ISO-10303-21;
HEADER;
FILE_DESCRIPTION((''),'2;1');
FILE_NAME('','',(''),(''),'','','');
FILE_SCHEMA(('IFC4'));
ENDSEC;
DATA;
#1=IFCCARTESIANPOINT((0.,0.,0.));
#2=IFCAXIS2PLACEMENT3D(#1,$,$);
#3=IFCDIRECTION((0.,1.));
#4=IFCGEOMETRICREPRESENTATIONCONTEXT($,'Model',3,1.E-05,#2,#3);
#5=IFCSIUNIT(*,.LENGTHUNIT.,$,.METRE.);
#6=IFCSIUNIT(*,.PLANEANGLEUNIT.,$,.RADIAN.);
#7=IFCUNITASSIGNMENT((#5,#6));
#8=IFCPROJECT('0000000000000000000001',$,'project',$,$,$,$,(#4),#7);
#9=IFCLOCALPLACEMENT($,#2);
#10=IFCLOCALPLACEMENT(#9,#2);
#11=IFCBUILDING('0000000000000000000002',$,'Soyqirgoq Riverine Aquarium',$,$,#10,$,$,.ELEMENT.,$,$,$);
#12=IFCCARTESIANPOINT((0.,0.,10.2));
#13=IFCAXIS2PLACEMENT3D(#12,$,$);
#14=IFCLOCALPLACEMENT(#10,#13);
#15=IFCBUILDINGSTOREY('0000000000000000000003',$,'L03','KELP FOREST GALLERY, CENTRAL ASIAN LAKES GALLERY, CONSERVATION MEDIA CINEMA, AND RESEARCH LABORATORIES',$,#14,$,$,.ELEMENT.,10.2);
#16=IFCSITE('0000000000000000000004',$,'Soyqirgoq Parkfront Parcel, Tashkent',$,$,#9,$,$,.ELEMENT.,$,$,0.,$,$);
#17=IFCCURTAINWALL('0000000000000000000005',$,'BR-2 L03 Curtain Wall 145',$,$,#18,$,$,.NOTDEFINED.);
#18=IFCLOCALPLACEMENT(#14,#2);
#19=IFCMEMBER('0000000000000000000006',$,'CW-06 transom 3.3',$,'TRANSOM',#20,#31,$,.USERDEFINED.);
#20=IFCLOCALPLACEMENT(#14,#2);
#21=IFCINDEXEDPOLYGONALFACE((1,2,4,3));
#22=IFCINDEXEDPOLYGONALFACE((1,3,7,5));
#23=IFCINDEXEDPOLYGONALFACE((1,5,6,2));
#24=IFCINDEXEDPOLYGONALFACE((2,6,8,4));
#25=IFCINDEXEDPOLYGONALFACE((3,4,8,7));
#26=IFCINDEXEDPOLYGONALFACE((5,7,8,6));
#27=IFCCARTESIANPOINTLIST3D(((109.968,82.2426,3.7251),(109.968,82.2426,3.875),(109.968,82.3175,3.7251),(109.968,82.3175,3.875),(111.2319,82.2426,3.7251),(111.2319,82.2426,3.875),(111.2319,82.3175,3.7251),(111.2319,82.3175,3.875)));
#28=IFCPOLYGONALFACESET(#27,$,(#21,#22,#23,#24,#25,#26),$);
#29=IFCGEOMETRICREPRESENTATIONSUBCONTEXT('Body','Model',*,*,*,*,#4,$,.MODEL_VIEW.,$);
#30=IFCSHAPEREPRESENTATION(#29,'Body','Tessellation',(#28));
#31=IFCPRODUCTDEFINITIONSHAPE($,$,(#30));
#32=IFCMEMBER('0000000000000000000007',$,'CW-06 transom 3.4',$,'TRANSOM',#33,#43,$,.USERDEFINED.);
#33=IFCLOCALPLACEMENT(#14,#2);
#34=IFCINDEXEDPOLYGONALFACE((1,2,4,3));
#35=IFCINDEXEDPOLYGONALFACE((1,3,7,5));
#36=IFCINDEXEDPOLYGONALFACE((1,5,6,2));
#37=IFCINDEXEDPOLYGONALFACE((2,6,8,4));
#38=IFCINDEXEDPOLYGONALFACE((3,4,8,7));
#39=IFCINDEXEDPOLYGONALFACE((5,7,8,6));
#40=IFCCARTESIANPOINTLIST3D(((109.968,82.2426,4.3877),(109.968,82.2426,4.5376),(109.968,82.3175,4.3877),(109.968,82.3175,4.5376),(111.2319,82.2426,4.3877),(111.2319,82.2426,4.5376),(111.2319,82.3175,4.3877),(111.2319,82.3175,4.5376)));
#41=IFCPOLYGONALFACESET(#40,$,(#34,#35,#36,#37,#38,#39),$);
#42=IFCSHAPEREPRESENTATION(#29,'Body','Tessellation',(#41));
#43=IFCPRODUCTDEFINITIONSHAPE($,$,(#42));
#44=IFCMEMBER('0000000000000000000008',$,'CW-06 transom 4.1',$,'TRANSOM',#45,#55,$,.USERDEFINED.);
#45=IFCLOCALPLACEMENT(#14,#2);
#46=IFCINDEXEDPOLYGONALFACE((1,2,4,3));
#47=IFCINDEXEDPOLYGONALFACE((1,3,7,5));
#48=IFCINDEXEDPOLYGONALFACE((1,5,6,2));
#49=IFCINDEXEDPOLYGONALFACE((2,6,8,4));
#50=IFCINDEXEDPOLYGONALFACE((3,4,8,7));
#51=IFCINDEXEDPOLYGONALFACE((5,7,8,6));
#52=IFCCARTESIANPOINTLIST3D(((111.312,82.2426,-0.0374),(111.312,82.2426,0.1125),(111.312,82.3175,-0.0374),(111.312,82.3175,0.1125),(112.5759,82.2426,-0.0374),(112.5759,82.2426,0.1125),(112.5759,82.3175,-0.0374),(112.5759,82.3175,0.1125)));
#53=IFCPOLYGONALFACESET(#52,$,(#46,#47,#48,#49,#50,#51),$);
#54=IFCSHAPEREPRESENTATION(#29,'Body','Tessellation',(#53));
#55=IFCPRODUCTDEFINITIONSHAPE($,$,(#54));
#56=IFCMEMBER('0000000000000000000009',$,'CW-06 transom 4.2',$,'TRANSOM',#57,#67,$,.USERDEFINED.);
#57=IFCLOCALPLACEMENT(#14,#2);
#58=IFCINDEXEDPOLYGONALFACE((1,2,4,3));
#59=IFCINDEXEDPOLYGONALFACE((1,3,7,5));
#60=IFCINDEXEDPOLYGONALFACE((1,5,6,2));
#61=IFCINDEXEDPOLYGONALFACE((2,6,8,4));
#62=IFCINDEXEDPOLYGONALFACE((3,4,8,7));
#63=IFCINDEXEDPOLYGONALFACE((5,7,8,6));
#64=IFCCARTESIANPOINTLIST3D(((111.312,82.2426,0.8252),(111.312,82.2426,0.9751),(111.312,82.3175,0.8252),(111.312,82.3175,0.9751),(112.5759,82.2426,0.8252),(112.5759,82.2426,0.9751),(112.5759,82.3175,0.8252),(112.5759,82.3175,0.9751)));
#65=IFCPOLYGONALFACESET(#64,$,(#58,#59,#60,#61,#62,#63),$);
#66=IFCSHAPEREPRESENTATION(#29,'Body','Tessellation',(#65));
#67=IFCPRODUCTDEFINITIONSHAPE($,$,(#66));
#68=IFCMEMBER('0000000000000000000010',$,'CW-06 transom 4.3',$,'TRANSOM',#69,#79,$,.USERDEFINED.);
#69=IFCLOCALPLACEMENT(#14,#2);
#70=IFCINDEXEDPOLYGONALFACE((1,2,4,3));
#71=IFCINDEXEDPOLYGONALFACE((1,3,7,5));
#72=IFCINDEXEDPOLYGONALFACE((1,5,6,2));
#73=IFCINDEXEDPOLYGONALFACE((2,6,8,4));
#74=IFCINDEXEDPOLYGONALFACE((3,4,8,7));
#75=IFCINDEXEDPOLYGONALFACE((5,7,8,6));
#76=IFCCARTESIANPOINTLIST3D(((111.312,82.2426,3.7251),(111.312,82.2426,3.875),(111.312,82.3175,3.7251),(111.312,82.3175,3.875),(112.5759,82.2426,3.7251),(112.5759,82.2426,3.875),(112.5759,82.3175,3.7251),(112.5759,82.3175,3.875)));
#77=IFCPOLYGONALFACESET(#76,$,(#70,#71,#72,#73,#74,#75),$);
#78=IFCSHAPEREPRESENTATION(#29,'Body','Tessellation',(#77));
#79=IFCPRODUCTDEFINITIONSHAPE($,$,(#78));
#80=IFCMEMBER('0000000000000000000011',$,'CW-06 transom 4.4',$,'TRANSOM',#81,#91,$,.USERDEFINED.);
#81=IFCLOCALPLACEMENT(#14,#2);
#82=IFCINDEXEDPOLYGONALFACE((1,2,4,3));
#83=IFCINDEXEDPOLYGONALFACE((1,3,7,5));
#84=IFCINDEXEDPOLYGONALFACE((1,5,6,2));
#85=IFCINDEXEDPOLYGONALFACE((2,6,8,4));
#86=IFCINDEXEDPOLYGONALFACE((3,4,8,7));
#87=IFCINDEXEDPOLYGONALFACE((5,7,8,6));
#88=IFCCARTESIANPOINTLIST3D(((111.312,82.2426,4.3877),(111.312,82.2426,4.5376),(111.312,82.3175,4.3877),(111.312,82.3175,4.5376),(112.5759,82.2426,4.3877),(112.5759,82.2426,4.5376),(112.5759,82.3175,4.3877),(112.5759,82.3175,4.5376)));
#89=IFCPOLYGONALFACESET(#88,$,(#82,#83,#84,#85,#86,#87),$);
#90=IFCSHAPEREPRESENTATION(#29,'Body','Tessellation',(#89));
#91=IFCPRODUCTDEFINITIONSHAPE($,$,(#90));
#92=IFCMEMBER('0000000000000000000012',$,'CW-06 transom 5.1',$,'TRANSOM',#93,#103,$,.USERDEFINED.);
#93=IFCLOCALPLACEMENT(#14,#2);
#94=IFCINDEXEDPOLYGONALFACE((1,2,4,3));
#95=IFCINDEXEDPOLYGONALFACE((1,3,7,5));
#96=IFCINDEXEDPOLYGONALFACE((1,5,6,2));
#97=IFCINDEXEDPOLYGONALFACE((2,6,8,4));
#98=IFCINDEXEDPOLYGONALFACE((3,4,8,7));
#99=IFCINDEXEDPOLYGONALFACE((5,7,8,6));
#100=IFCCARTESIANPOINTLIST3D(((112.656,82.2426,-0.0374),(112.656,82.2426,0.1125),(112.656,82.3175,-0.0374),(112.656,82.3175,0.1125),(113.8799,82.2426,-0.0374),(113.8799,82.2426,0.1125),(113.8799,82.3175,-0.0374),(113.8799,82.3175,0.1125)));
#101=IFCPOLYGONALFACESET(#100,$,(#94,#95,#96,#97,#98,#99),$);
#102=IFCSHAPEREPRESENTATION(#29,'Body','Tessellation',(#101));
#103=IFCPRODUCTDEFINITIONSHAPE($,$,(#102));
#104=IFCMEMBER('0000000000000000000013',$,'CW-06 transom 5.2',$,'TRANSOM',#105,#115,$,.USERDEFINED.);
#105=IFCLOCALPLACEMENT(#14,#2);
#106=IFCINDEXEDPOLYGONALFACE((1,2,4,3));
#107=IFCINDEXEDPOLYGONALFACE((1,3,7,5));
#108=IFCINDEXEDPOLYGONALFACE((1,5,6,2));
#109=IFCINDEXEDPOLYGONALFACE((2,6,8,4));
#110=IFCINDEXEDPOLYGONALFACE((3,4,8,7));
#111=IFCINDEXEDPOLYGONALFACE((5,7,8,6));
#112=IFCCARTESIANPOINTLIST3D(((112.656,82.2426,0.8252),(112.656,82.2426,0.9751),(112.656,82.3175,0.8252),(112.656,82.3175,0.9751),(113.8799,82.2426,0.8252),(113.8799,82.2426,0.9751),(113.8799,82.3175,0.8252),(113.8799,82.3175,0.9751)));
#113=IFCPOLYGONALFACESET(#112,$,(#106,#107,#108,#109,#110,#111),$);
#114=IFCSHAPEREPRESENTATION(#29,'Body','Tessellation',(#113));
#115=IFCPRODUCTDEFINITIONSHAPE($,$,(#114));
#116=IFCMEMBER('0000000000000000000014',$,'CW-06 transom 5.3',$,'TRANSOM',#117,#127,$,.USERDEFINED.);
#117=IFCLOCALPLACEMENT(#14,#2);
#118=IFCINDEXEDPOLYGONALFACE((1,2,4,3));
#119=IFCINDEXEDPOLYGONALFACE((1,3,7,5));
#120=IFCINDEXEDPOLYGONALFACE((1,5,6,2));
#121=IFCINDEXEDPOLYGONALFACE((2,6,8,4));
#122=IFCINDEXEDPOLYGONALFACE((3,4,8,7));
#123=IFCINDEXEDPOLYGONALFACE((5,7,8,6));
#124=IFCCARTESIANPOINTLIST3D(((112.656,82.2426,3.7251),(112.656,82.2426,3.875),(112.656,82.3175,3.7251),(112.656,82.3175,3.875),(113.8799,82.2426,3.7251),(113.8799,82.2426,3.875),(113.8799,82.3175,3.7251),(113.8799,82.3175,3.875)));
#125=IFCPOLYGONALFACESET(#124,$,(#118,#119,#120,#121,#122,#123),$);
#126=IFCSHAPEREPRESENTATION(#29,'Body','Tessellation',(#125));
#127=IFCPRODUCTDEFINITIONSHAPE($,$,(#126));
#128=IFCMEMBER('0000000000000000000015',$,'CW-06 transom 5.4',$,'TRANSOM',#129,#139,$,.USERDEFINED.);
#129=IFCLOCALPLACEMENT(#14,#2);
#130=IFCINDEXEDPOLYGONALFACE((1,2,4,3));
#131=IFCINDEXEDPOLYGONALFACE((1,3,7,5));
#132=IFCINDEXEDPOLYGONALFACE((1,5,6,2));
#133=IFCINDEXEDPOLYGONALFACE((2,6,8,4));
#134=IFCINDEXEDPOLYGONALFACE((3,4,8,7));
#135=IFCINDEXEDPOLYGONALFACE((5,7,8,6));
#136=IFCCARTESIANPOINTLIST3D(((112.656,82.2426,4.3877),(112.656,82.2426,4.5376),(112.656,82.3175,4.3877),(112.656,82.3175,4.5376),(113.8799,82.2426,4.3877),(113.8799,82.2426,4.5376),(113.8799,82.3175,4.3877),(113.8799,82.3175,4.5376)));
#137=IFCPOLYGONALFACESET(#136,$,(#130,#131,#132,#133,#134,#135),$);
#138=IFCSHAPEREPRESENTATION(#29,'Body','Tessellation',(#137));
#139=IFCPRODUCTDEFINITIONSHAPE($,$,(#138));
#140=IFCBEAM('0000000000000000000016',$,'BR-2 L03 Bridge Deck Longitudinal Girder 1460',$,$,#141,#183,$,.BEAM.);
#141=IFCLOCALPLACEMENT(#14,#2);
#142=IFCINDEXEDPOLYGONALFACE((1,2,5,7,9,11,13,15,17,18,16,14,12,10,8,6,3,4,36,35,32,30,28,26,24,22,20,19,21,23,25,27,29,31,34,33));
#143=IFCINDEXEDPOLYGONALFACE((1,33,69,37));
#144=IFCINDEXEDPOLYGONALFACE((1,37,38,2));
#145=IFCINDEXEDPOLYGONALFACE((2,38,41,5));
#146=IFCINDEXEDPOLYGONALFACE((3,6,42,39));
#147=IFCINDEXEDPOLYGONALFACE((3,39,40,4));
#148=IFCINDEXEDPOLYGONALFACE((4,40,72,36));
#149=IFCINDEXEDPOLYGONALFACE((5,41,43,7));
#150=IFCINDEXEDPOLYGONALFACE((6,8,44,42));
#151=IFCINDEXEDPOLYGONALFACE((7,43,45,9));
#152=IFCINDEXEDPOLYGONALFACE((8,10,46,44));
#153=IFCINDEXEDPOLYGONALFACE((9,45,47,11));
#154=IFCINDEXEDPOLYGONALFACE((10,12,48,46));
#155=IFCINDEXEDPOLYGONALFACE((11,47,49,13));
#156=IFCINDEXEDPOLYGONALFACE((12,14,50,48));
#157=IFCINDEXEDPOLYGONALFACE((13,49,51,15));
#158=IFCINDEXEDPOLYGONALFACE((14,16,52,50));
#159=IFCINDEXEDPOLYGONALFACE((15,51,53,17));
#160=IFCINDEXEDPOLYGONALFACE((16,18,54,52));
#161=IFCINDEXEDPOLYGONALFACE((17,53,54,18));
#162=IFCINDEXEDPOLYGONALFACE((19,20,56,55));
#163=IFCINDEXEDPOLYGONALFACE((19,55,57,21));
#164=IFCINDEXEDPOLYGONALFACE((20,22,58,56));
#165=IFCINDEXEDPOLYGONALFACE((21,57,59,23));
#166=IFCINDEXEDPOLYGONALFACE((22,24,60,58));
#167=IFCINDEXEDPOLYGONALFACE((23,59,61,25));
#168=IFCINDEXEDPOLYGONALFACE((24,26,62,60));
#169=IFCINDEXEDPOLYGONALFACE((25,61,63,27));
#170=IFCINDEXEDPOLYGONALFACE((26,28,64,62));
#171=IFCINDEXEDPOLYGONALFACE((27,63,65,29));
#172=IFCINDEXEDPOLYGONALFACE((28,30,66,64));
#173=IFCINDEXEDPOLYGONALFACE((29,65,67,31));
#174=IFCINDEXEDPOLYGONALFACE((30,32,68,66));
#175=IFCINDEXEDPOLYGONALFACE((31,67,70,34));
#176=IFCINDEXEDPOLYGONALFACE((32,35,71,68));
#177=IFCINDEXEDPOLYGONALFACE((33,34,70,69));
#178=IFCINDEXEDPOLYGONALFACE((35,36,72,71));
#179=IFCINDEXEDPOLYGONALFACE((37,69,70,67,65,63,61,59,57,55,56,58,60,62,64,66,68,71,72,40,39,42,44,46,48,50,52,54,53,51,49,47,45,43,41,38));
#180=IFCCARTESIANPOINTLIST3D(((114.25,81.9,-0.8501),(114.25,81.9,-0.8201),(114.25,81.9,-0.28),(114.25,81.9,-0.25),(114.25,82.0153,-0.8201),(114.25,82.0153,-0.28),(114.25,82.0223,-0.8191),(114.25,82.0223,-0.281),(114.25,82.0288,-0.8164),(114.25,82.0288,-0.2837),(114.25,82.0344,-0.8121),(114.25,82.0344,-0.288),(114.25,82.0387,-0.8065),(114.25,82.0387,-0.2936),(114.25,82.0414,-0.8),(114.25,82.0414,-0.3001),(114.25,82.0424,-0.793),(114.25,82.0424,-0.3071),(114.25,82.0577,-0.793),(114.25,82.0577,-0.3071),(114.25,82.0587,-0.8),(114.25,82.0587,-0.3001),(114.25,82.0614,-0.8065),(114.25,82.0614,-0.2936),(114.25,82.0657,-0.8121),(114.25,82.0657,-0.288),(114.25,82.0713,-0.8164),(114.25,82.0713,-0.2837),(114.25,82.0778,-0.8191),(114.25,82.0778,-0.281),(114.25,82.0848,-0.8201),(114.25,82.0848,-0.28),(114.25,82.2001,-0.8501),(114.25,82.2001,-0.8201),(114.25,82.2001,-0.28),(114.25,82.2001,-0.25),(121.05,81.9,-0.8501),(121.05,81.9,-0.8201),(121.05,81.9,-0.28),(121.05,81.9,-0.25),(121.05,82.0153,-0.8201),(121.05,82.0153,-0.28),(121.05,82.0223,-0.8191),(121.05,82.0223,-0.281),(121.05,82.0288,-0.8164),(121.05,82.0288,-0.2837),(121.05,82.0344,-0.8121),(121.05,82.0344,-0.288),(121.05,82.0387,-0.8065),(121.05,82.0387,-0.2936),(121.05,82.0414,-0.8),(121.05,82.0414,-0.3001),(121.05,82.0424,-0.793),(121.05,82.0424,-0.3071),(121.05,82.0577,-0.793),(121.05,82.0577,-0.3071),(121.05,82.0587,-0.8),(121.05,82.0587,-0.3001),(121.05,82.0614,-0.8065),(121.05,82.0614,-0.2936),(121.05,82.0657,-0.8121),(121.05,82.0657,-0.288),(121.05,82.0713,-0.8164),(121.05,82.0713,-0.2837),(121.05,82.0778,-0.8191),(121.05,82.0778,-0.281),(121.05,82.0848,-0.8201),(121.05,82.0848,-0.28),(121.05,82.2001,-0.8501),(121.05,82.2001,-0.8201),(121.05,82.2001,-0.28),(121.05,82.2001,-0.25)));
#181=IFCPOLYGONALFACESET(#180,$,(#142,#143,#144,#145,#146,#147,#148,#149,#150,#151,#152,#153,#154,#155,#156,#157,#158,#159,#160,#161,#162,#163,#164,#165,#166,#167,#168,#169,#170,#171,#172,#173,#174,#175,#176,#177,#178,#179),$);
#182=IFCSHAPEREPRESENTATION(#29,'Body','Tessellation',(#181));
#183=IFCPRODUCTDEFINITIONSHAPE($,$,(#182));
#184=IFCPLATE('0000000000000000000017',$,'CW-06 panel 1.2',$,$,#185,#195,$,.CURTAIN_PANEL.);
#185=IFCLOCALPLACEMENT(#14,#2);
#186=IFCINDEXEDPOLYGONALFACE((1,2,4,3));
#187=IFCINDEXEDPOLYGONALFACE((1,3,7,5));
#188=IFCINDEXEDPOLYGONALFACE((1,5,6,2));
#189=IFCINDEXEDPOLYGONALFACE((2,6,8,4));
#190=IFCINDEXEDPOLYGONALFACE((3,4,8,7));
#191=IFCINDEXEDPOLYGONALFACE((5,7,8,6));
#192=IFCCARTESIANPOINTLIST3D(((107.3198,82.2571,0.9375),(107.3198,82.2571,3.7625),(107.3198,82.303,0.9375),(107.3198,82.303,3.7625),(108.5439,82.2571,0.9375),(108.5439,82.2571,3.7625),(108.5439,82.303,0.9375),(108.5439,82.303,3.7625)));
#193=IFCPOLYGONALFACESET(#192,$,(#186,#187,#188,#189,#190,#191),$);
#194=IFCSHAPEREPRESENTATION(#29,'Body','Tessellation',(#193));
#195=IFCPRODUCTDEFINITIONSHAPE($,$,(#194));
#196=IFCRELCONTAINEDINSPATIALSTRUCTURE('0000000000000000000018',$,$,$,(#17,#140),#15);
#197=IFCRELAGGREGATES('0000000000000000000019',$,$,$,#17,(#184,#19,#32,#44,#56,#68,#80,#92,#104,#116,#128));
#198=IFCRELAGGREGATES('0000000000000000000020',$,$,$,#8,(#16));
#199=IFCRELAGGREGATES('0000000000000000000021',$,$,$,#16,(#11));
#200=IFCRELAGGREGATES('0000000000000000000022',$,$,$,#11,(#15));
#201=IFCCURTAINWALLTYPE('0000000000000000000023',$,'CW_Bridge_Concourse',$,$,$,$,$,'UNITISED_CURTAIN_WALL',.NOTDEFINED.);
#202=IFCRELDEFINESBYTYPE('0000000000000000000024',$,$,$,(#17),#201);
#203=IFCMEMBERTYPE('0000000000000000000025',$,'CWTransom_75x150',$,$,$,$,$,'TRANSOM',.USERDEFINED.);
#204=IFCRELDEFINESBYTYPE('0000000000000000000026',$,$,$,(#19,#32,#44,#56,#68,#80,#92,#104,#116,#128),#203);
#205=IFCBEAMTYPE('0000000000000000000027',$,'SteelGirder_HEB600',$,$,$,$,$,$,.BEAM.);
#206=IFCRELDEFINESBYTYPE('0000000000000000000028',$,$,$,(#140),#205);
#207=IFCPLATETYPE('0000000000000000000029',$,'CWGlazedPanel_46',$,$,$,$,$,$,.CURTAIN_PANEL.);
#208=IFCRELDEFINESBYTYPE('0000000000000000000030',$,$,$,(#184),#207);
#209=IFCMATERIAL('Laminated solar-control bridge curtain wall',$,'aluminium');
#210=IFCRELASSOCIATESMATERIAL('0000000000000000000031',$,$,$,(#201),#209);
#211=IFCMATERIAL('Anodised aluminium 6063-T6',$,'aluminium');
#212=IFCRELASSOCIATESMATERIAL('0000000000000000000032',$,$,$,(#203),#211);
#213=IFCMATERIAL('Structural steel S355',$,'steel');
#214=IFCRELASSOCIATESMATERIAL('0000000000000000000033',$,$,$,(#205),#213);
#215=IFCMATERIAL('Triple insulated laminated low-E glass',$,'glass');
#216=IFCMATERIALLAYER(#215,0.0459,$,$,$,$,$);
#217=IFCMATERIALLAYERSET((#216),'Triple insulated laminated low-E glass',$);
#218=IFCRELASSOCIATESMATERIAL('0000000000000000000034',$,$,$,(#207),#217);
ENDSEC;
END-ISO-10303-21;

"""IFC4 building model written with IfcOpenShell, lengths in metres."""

from ifc_helpers import new_model, si_unit, direction, frame, origin, origin_2d, place, context, subcontext, project, spatial, rectangle, i_section, extrude, material, layer, layer_set, material_profile, profile_set, type_object, element, aggregate, save


model = new_model("IFC4")

# Units and contexts
model_context = context("Model", 3, precision=1e-05, world=origin(), true_north=direction((0.0, 1.0)))
body_context = subcontext(model_context, "Body", "Model", "MODEL_VIEW")
ifc_project = project(units=[si_unit("LENGTHUNIT", "METRE"), si_unit("PLANEANGLEUNIT", "RADIAN")], contexts=[model_context])

# Site, building, storey
site_placement = place(None, origin())
site = spatial("IfcSite", under=ifc_project, at=site_placement, Name="Soyqirgoq Parkfront Parcel, Tashkent", CompositionType="ELEMENT", RefElevation=0.0)
building_placement = place(site_placement, origin())
building = spatial("IfcBuilding", under=site, at=building_placement, Name="Soyqirgoq Riverine Aquarium", CompositionType="ELEMENT")
storey_placement = place(building_placement, frame((0.0, 0.0, 10.2)))
storey = spatial("IfcBuildingStorey", under=building, at=storey_placement, Name="L03", Description="KELP FOREST GALLERY, CENTRAL ASIAN LAKES GALLERY, CONSERVATION MEDIA CINEMA, AND RESEARCH LABORATORIES", CompositionType="ELEMENT", Elevation=10.2)

# Curtain wall, members
ifc_material_1 = material(Name="Laminated solar-control bridge curtain wall", Category="aluminium")
curtain_wall_type = type_object("IfcCurtainWallType", Name="CW_Bridge_Concourse", ElementType="UNITISED_CURTAIN_WALL", PredefinedType="NOTDEFINED", material=ifc_material_1)
curtain_wall_placement = place(storey_placement, origin())
curtain_wall = element("IfcCurtainWall", 1, at=curtain_wall_placement, inside=storey, type_object=curtain_wall_type, Name="BR-2 L03 Curtain Wall 145", PredefinedType="NOTDEFINED")
ifc_material_2 = material(Name="Anodised aluminium 6063-T6", Category="aluminium")
ifc_material_profile_1 = material_profile(ifc_material_2, rectangle(XDim=0.075, YDim=0.1499, at=origin_2d()), Name="ALU-T 75x150")
ifc_profile_set_1 = profile_set([ifc_material_profile_1], Name="Anodised aluminium 6063-T6")
member_type_1 = type_object("IfcMemberType", Name="CWTransom_75x150", ElementType="TRANSOM", PredefinedType="USERDEFINED", material=ifc_profile_set_1)
member_1_placement = place(storey_placement, frame((109.968, 82.28, 3.8), z_axis=(1.0, 0.0, 0.0), x_axis=(0.0, 1.0, 0.0)))
member_1 = element("IfcMember", 2, at=member_1_placement, type_object=member_type_1, Name="CW-06 transom 3.3", ObjectType="TRANSOM", PredefinedType="USERDEFINED", context=body_context, shape_type="SweptSolid", body=[
    extrude(rectangle(XDim=0.075, YDim=0.1499, at=origin_2d()), origin(), (0.0, 0.0, 1.0), 1.2639),
])
member_2_placement = place(storey_placement, frame((109.968, 82.28, 4.4626), z_axis=(1.0, 0.0, 0.0), x_axis=(0.0, 1.0, 0.0)))
member_2 = element("IfcMember", 3, at=member_2_placement, type_object=member_type_1, Name="CW-06 transom 3.4", ObjectType="TRANSOM", PredefinedType="USERDEFINED", context=body_context, shape_type="SweptSolid", body=[
    extrude(rectangle(XDim=0.075, YDim=0.1499, at=origin_2d()), origin(), (0.0, 0.0, 1.0), 1.2639),
])
member_3_placement = place(storey_placement, frame((111.312, 82.28, 0.0376), z_axis=(1.0, 0.0, 0.0), x_axis=(0.0, 1.0, 0.0)))
member_3 = element("IfcMember", 4, at=member_3_placement, type_object=member_type_1, Name="CW-06 transom 4.1", ObjectType="TRANSOM", PredefinedType="USERDEFINED", context=body_context, shape_type="SweptSolid", body=[
    extrude(rectangle(XDim=0.075, YDim=0.1499, at=origin_2d()), origin(), (0.0, 0.0, 1.0), 1.2639),
])
member_4_placement = place(storey_placement, frame((111.312, 82.28, 0.9001), z_axis=(1.0, 0.0, 0.0), x_axis=(0.0, 1.0, 0.0)))
member_4 = element("IfcMember", 5, at=member_4_placement, type_object=member_type_1, Name="CW-06 transom 4.2", ObjectType="TRANSOM", PredefinedType="USERDEFINED", context=body_context, shape_type="SweptSolid", body=[
    extrude(rectangle(XDim=0.075, YDim=0.1499, at=origin_2d()), origin(), (0.0, 0.0, 1.0), 1.2639),
])
member_5_placement = place(storey_placement, frame((111.312, 82.28, 3.8), z_axis=(1.0, 0.0, 0.0), x_axis=(0.0, 1.0, 0.0)))
member_5 = element("IfcMember", 6, at=member_5_placement, type_object=member_type_1, Name="CW-06 transom 4.3", ObjectType="TRANSOM", PredefinedType="USERDEFINED", context=body_context, shape_type="SweptSolid", body=[
    extrude(rectangle(XDim=0.075, YDim=0.1499, at=origin_2d()), origin(), (0.0, 0.0, 1.0), 1.2639),
])
member_6_placement = place(storey_placement, frame((111.312, 82.28, 4.4626), z_axis=(1.0, 0.0, 0.0), x_axis=(0.0, 1.0, 0.0)))
member_6 = element("IfcMember", 7, at=member_6_placement, type_object=member_type_1, Name="CW-06 transom 4.4", ObjectType="TRANSOM", PredefinedType="USERDEFINED", context=body_context, shape_type="SweptSolid", body=[
    extrude(rectangle(XDim=0.075, YDim=0.1499, at=origin_2d()), origin(), (0.0, 0.0, 1.0), 1.2639),
])
member_7_placement = place(storey_placement, frame((112.656, 82.28, 0.0376), z_axis=(1.0, 0.0, 0.0), x_axis=(0.0, 1.0, 0.0)))
member_7 = element("IfcMember", 8, at=member_7_placement, type_object=member_type_1, Name="CW-06 transom 5.1", ObjectType="TRANSOM", PredefinedType="USERDEFINED", context=body_context, shape_type="SweptSolid", body=[
    extrude(rectangle(XDim=0.075, YDim=0.1499, at=origin_2d()), origin(), (0.0, 0.0, 1.0), 1.2239),
])
member_8_placement = place(storey_placement, frame((112.656, 82.28, 0.9001), z_axis=(1.0, 0.0, 0.0), x_axis=(0.0, 1.0, 0.0)))
member_8 = element("IfcMember", 9, at=member_8_placement, type_object=member_type_1, Name="CW-06 transom 5.2", ObjectType="TRANSOM", PredefinedType="USERDEFINED", context=body_context, shape_type="SweptSolid", body=[
    extrude(rectangle(XDim=0.075, YDim=0.1499, at=origin_2d()), origin(), (0.0, 0.0, 1.0), 1.2239),
])
member_9_placement = place(storey_placement, frame((112.656, 82.28, 3.8), z_axis=(1.0, 0.0, 0.0), x_axis=(0.0, 1.0, 0.0)))
member_9 = element("IfcMember", 10, at=member_9_placement, type_object=member_type_1, Name="CW-06 transom 5.3", ObjectType="TRANSOM", PredefinedType="USERDEFINED", context=body_context, shape_type="SweptSolid", body=[
    extrude(rectangle(XDim=0.075, YDim=0.1499, at=origin_2d()), origin(), (0.0, 0.0, 1.0), 1.2239),
])
member_10_placement = place(storey_placement, frame((112.656, 82.28, 4.4626), z_axis=(1.0, 0.0, 0.0), x_axis=(0.0, 1.0, 0.0)))
member_10 = element("IfcMember", 11, at=member_10_placement, type_object=member_type_1, Name="CW-06 transom 5.4", ObjectType="TRANSOM", PredefinedType="USERDEFINED", context=body_context, shape_type="SweptSolid", body=[
    extrude(rectangle(XDim=0.075, YDim=0.1499, at=origin_2d()), origin(), (0.0, 0.0, 1.0), 1.2239),
])

# Beam
ifc_material_3 = material(Name="Structural steel S355", Category="steel")
ifc_material_profile_2 = material_profile(ifc_material_3, i_section(OverallWidth=0.3, OverallDepth=0.6001, WebThickness=0.0154, FlangeThickness=0.03, FilletRadius=0.0271, at=origin_2d()), Name="HEB 600")
ifc_profile_set_2 = profile_set([ifc_material_profile_2], Name="Structural steel S355")
beam_type = type_object("IfcBeamType", Name="SteelGirder_HEB600", PredefinedType="BEAM", material=ifc_profile_set_2)
beam_placement = place(storey_placement, frame((114.25, 82.05, -0.55), z_axis=(1.0, 0.0, 0.0), x_axis=(0.0, 1.0, 0.0)))
element("IfcBeam", 12, at=beam_placement, inside=storey, type_object=beam_type, Name="BR-2 L03 Bridge Deck Longitudinal Girder 1460", PredefinedType="BEAM", context=body_context, shape_type="SweptSolid", body=[
    extrude(i_section(OverallWidth=0.3, OverallDepth=0.6001, WebThickness=0.0154, FlangeThickness=0.03, FilletRadius=0.0271, at=origin_2d()), origin(), (0.0, 0.0, 1.0), 6.8),
])

# Plate
ifc_material_4 = material(Name="Triple insulated laminated low-E glass", Category="glass")
ifc_layer_1 = layer(ifc_material_4, 0.0459)
ifc_layer_set_1 = layer_set([ifc_layer_1], Name="Triple insulated laminated low-E glass")
plate_type_1 = type_object("IfcPlateType", Name="CWGlazedPanel_46", PredefinedType="CURTAIN_PANEL", material=ifc_layer_set_1)
plate_1_placement = place(storey_placement, frame((107.9319, 82.28, 0.9375), z_axis=(0.0, 0.0, 1.0), x_axis=(1.0, 0.0, 0.0)))
plate_1 = element("IfcPlate", 13, at=plate_1_placement, type_object=plate_type_1, Name="CW-06 panel 1.2", PredefinedType="CURTAIN_PANEL", context=body_context, shape_type="SweptSolid", body=[
    extrude(rectangle(XDim=1.2241, YDim=0.0459, at=origin_2d()), origin(), (0.0, 0.0, 1.0), 2.825),
])
aggregate(curtain_wall, [plate_1, member_1, member_2, member_3, member_4, member_5, member_6, member_7, member_8, member_9, member_10])

save(model, "model.ifc")
